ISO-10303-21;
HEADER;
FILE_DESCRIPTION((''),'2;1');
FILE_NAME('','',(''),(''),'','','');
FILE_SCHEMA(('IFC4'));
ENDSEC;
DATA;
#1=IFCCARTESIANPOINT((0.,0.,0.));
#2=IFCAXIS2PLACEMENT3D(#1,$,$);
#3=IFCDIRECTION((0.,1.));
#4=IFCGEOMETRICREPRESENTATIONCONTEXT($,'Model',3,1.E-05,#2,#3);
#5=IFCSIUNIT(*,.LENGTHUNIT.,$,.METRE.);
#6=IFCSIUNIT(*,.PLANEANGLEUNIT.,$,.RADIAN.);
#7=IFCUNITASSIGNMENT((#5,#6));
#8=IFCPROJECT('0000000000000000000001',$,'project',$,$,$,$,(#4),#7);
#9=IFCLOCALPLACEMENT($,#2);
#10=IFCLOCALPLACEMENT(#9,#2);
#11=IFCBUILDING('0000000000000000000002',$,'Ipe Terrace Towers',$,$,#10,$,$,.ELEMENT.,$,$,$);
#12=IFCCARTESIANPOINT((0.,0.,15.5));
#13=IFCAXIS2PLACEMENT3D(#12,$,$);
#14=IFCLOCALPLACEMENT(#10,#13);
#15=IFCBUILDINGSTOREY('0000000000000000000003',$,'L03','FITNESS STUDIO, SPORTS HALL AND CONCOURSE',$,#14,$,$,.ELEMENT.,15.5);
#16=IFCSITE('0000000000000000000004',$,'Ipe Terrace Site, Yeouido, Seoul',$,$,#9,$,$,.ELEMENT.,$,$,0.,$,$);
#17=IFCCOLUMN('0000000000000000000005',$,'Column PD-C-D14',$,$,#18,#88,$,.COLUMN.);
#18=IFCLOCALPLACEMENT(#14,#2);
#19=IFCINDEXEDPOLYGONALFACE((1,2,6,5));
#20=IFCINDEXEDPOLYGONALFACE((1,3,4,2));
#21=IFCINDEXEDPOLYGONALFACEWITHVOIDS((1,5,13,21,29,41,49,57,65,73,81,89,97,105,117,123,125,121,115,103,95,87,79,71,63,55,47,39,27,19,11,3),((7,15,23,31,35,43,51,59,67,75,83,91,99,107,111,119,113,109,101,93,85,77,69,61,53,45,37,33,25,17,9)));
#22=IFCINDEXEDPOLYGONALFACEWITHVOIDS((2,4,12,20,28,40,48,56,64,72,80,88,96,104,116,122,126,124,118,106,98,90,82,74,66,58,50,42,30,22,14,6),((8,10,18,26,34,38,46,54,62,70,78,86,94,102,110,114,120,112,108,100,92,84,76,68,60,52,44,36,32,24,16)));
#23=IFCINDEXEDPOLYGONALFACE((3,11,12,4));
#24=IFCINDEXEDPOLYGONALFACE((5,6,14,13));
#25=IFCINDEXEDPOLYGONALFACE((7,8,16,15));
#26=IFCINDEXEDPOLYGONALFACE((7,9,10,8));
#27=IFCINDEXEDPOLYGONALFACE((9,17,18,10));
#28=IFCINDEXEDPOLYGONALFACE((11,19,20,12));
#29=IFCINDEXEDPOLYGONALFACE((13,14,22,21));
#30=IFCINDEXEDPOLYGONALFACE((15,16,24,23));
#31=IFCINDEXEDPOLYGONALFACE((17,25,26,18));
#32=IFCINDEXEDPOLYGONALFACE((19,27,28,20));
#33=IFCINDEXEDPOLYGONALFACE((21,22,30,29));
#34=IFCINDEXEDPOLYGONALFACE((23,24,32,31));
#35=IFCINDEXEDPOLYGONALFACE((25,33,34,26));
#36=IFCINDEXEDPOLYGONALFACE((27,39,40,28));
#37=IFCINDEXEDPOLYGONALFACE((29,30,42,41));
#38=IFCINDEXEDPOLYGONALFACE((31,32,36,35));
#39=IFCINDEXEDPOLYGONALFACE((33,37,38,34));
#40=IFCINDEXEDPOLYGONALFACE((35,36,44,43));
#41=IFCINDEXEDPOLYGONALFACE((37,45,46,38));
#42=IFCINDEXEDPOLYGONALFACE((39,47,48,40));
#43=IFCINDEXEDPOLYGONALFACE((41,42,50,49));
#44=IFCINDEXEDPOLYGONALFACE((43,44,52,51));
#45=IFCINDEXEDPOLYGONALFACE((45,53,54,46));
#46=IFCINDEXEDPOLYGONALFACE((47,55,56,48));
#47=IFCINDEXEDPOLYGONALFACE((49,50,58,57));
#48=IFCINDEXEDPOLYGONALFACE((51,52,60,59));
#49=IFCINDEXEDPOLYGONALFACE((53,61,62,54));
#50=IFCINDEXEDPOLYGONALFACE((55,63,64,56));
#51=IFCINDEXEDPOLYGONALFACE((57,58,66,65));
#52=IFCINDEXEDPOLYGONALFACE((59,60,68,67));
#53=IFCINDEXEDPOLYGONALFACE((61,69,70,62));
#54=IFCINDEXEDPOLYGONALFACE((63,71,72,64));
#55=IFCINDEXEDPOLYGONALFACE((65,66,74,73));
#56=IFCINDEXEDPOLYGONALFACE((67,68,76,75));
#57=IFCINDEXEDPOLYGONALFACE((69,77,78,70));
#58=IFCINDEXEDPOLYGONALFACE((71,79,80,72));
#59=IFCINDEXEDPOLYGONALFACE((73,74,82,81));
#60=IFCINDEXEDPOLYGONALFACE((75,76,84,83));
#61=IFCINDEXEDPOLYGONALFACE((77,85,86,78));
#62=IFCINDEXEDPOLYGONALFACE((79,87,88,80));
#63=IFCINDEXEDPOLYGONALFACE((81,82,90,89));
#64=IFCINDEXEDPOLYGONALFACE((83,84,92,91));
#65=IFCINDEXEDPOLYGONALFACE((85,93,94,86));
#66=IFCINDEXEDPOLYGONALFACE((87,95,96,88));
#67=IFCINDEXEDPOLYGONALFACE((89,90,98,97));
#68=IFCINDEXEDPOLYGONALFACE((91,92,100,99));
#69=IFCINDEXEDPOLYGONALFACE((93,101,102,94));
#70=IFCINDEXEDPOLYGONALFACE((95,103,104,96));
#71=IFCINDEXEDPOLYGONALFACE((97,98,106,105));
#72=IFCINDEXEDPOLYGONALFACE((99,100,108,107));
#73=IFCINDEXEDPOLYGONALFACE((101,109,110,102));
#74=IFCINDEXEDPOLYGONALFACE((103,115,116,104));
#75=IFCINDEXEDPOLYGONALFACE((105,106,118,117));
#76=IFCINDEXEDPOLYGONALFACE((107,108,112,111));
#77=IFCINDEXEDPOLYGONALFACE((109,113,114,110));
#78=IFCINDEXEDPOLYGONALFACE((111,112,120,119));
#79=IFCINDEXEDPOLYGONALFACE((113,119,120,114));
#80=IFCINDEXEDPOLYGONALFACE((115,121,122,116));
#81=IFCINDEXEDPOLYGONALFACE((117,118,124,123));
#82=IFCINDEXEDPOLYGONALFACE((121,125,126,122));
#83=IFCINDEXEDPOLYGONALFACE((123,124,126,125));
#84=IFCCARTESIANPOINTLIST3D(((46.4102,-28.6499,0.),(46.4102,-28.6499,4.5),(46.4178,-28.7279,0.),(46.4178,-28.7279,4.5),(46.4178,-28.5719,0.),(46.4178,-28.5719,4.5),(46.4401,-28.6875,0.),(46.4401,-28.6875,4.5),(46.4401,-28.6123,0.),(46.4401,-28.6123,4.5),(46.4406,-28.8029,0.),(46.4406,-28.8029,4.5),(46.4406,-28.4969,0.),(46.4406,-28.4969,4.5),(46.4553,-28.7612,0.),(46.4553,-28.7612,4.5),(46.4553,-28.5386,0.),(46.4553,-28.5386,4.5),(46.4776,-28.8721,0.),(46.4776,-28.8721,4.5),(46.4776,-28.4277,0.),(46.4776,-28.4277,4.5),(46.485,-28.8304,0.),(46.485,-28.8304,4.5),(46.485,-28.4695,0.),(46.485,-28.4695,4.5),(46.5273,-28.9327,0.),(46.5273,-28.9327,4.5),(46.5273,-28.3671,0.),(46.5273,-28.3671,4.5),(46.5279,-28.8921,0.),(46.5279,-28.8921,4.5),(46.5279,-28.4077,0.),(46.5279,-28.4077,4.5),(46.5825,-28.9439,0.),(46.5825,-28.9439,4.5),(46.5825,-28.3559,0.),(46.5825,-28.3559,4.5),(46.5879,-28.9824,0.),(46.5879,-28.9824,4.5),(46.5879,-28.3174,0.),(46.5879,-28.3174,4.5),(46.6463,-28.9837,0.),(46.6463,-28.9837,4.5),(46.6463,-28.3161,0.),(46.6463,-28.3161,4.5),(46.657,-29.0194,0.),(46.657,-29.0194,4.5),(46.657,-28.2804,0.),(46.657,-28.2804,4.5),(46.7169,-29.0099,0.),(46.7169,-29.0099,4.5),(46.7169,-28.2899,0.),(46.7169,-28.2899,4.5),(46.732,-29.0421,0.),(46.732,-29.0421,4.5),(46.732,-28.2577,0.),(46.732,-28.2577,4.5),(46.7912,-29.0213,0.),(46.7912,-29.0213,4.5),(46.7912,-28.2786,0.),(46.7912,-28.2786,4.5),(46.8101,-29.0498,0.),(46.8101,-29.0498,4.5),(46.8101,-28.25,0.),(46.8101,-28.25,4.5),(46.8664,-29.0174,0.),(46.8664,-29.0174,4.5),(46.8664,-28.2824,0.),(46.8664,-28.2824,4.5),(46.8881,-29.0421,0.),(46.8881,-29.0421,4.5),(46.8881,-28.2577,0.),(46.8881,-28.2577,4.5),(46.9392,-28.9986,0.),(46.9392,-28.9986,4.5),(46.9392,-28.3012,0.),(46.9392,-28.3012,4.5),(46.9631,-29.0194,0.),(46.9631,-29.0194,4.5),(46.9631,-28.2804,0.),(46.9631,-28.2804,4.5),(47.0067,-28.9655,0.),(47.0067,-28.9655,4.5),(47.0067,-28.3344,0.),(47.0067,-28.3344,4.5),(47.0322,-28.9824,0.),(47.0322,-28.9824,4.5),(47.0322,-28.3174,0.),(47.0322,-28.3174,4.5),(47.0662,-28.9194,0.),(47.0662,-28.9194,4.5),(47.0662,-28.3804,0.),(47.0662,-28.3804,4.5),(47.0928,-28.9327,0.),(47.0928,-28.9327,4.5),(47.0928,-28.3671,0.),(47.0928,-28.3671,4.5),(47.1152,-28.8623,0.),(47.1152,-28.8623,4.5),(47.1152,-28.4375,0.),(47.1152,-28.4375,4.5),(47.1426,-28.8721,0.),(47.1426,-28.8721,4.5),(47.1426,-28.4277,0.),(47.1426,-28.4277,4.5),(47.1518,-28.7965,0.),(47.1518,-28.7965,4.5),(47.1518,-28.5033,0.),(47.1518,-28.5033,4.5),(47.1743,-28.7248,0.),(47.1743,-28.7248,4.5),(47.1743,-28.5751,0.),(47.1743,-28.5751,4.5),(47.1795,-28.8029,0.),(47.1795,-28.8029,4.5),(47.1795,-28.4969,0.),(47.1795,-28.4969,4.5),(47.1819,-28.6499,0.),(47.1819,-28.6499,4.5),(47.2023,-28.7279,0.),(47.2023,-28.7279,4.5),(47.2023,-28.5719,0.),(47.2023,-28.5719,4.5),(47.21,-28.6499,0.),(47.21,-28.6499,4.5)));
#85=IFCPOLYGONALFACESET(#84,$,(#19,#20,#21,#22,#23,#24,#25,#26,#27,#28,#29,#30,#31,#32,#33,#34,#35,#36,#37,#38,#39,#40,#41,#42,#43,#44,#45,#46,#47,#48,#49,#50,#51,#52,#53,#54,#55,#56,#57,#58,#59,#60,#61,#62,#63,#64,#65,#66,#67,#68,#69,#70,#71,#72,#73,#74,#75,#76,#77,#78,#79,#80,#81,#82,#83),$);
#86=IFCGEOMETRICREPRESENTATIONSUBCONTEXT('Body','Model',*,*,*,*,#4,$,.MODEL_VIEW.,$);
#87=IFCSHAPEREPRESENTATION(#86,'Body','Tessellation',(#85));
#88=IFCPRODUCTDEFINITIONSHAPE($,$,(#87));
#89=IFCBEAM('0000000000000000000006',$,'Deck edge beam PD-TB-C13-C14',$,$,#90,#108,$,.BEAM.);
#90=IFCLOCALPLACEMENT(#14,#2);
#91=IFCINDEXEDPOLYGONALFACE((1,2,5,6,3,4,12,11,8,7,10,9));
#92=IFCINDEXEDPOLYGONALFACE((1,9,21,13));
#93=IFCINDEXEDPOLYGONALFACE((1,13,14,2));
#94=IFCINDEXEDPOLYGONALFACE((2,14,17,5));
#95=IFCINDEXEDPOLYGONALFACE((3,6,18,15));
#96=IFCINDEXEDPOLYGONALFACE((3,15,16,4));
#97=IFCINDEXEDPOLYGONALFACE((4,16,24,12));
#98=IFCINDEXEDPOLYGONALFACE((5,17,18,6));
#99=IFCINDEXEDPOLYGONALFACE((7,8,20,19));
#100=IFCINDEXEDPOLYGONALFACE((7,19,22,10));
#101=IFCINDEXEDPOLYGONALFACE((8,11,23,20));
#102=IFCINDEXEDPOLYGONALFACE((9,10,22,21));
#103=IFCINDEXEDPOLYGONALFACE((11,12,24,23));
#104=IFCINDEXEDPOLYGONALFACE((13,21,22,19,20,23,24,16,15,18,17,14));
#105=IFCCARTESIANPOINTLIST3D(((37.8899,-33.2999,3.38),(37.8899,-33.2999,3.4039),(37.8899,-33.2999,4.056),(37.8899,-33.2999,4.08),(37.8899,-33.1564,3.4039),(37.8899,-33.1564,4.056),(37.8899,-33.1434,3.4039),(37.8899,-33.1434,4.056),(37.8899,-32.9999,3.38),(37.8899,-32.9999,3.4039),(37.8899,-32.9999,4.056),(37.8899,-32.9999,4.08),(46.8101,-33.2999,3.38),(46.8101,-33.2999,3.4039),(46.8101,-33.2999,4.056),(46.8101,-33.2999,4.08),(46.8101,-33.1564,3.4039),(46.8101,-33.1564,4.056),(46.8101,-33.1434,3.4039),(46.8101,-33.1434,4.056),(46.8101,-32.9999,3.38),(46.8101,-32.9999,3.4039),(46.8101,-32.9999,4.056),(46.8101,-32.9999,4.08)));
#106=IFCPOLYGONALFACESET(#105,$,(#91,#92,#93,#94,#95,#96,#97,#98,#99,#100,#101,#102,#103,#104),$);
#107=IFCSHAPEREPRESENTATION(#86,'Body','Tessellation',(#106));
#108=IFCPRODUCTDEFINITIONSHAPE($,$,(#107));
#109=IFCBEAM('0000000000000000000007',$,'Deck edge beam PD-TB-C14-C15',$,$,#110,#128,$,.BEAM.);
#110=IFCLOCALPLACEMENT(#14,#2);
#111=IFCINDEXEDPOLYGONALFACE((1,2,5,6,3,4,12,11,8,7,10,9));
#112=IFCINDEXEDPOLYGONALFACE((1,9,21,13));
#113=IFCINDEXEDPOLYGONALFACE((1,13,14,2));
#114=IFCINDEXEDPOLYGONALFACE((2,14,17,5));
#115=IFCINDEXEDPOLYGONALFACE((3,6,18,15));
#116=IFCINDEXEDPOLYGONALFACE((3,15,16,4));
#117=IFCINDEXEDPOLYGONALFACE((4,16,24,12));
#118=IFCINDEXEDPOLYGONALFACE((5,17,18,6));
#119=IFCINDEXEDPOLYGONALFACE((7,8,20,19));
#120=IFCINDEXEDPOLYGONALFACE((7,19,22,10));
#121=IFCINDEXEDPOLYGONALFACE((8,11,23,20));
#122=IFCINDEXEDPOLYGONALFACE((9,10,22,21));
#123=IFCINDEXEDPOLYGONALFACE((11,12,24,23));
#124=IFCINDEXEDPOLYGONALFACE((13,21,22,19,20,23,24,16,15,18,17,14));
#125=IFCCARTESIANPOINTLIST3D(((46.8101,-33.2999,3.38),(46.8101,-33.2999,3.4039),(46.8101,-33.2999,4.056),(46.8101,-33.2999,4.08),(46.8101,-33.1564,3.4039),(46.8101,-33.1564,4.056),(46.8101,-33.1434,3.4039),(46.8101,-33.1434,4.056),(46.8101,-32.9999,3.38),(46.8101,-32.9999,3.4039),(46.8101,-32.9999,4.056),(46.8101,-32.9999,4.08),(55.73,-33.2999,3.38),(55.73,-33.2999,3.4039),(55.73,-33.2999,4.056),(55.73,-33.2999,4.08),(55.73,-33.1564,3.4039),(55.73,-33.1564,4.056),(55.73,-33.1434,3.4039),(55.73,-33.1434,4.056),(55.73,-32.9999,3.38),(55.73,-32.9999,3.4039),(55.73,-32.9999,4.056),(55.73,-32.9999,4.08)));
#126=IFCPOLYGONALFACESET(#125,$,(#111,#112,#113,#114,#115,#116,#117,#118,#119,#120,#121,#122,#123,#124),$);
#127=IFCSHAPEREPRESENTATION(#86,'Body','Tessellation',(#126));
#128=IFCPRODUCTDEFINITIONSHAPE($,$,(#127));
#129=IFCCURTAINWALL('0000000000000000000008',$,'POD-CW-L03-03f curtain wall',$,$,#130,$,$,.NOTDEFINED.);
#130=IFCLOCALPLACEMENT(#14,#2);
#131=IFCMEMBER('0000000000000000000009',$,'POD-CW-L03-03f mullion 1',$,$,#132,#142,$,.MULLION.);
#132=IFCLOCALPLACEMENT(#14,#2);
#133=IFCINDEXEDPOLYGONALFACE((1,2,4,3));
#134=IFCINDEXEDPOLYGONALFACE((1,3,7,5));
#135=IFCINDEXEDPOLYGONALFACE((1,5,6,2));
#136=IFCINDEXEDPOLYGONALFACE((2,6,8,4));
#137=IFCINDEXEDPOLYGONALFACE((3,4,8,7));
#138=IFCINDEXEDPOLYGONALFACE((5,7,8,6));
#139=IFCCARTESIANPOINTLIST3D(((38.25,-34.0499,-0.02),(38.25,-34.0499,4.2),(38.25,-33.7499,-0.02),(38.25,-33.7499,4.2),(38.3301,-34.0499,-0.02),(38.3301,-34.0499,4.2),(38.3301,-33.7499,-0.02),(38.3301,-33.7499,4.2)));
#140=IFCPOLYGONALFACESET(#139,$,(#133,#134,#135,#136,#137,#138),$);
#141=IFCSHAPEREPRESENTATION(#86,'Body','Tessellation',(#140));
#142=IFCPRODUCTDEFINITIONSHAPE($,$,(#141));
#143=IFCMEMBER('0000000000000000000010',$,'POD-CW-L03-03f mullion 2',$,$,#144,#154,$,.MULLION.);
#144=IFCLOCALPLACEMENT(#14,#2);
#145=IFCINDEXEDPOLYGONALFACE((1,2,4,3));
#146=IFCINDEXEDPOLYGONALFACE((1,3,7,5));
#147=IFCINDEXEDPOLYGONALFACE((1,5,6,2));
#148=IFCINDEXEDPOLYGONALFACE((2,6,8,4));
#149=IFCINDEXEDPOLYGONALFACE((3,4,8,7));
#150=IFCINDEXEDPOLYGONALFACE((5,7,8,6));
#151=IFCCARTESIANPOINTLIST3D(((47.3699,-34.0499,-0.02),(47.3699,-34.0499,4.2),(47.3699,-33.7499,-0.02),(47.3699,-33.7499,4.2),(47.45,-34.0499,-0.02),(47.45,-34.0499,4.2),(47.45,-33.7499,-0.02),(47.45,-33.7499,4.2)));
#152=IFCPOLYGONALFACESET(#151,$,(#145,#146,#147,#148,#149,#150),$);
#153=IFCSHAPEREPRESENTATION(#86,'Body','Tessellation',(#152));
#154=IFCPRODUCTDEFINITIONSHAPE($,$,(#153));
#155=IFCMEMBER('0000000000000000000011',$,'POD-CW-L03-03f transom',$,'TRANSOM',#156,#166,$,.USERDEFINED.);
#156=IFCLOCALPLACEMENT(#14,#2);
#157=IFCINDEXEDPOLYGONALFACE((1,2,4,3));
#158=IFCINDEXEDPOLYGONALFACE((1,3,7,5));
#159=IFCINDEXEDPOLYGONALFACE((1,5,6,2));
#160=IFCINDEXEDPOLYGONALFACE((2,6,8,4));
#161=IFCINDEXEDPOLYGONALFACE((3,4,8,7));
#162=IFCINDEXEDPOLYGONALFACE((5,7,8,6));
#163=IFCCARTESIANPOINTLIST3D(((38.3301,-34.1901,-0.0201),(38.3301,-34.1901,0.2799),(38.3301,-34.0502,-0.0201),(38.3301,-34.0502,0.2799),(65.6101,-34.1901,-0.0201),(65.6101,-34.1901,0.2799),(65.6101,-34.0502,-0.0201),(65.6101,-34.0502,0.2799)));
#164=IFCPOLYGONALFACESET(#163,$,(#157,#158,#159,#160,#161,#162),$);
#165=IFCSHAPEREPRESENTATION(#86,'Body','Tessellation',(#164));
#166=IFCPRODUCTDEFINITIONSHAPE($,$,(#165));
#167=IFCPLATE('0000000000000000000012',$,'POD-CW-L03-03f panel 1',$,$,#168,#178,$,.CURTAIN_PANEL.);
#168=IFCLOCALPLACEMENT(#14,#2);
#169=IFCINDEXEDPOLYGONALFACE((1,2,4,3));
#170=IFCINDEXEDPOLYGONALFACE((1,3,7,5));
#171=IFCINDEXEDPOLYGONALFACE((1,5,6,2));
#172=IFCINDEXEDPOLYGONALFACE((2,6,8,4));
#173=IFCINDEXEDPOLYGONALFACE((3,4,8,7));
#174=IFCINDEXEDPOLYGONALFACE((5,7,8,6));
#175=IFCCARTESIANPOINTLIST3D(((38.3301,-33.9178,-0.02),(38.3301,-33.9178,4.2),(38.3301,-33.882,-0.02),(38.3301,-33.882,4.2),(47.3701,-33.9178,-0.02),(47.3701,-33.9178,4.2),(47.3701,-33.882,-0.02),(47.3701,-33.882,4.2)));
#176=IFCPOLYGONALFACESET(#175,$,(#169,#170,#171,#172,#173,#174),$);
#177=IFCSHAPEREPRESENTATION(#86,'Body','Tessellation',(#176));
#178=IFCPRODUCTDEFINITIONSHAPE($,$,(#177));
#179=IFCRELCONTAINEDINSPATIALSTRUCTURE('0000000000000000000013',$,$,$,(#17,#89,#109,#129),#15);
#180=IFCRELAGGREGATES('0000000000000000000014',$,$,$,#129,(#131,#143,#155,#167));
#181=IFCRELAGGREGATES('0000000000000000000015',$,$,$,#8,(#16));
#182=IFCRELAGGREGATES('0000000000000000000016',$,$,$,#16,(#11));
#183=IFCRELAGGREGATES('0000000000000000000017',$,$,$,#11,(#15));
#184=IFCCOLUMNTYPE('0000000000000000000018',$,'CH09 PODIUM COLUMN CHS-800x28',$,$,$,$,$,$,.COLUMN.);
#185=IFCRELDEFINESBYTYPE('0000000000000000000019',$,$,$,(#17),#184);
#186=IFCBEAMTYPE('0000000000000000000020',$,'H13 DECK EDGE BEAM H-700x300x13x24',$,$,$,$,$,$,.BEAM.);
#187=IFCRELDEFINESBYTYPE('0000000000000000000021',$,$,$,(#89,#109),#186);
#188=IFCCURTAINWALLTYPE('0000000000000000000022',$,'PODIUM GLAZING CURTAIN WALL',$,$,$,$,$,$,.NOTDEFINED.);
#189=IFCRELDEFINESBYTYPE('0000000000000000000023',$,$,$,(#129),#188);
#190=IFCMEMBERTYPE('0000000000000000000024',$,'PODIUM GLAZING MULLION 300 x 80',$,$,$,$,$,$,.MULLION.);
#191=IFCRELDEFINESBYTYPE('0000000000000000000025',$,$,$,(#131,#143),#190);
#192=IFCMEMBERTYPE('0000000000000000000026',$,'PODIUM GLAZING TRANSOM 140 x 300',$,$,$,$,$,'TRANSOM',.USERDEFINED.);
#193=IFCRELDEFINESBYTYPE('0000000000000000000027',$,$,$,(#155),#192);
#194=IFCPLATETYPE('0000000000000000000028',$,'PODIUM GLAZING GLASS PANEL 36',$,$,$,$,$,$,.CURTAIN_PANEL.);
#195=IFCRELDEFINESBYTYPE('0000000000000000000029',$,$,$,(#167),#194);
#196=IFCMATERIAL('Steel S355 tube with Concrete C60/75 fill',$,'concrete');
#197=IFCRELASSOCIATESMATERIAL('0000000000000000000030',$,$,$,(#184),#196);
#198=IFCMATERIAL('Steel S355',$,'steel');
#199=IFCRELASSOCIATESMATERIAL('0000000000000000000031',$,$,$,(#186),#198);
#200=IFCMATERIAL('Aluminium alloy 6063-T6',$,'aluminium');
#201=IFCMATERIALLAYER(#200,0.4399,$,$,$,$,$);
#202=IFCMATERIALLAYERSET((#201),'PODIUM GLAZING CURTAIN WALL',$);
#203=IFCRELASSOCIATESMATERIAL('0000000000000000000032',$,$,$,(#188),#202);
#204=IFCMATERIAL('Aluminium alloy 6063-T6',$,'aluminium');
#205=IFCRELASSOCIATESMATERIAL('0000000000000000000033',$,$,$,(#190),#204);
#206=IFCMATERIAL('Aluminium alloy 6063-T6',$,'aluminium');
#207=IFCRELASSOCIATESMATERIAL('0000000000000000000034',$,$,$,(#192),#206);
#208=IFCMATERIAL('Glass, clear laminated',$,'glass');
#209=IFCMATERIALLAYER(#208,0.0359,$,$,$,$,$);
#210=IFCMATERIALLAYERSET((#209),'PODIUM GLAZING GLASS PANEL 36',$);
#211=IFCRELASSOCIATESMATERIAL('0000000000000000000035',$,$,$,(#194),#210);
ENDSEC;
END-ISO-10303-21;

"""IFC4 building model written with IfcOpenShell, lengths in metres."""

from ifc_helpers import new_model, si_unit, direction, frame, origin, origin_2d, place, context, subcontext, project, spatial, rectangle, hollow_circle, i_section, extrude, material, layer, layer_set, material_profile, profile_set, type_object, element, aggregate, save


model = new_model("IFC4")

# Units and contexts
model_context = context("Model", 3, precision=1e-05, world=origin(), true_north=direction((0.0, 1.0)))
body_context = subcontext(model_context, "Body", "Model", "MODEL_VIEW")
ifc_project = project(units=[si_unit("LENGTHUNIT", "METRE"), si_unit("PLANEANGLEUNIT", "RADIAN")], contexts=[model_context])

# Site, building, storey
site_placement = place(None, origin())
site = spatial("IfcSite", under=ifc_project, at=site_placement, Name="Ipe Terrace Site, Yeouido, Seoul", CompositionType="ELEMENT", RefElevation=0.0)
building_placement = place(site_placement, origin())
building = spatial("IfcBuilding", under=site, at=building_placement, Name="Ipe Terrace Towers", CompositionType="ELEMENT")
storey_placement = place(building_placement, frame((0.0, 0.0, 15.5)))
storey = spatial("IfcBuildingStorey", under=building, at=storey_placement, Name="L03", Description="FITNESS STUDIO, SPORTS HALL AND CONCOURSE", CompositionType="ELEMENT", Elevation=15.5)

# Column
ifc_material_1 = material(Name="Steel S355 tube with Concrete C60/75 fill", Category="concrete")
ifc_material_profile_1 = material_profile(ifc_material_1, hollow_circle(Radius=0.3999, WallThickness=0.0281, at=origin_2d()), Name="CHS-800x28")
ifc_profile_set_1 = profile_set([ifc_material_profile_1], Name="Steel S355 tube with Concrete C60/75 fill")
column_type = type_object("IfcColumnType", Name="CH09 PODIUM COLUMN CHS-800x28", PredefinedType="COLUMN", material=ifc_profile_set_1)
column_placement = place(storey_placement, frame((46.8101, -28.6499, 0.0), z_axis=(0.0, 0.0, 1.0), x_axis=(1.0, 0.0, 0.0)))
element("IfcColumn", 1, at=column_placement, inside=storey, type_object=column_type, Name="Column PD-C-D14", PredefinedType="COLUMN", context=body_context, shape_type="SweptSolid", body=[
    extrude(hollow_circle(Radius=0.3999, WallThickness=0.0281, at=origin_2d()), origin(), (0.0, 0.0, 1.0), 4.5),
])

# Beams
ifc_material_2 = material(Name="Steel S355", Category="steel")
ifc_material_profile_2 = material_profile(ifc_material_2, i_section(OverallWidth=0.3, OverallDepth=0.7, WebThickness=0.0129, FlangeThickness=0.0239, at=origin_2d()), Name="H-700x300x13x24")
ifc_profile_set_2 = profile_set([ifc_material_profile_2], Name="Steel S355")
beam_type = type_object("IfcBeamType", Name="H13 DECK EDGE BEAM H-700x300x13x24", PredefinedType="BEAM", material=ifc_profile_set_2)
beam_1_placement = place(storey_placement, frame((37.8899, -33.1499, 3.73), z_axis=(1.0, 0.0, 0.0), x_axis=(0.0, 1.0, 0.0)))
element("IfcBeam", 2, at=beam_1_placement, inside=storey, type_object=beam_type, Name="Deck edge beam PD-TB-C13-C14", PredefinedType="BEAM", context=body_context, shape_type="SweptSolid", body=[
    extrude(i_section(OverallWidth=0.3, OverallDepth=0.7, WebThickness=0.0129, FlangeThickness=0.0239, at=origin_2d()), origin(), (0.0, 0.0, 1.0), 8.9202),
])
beam_2_placement = place(storey_placement, frame((46.8101, -33.1499, 3.73), z_axis=(1.0, 0.0, 0.0), x_axis=(0.0, 1.0, 0.0)))
element("IfcBeam", 3, at=beam_2_placement, inside=storey, type_object=beam_type, Name="Deck edge beam PD-TB-C14-C15", PredefinedType="BEAM", context=body_context, shape_type="SweptSolid", body=[
    extrude(i_section(OverallWidth=0.3, OverallDepth=0.7, WebThickness=0.0129, FlangeThickness=0.0239, at=origin_2d()), origin(), (0.0, 0.0, 1.0), 8.9199),
])

# Curtain wall, members, plate
ifc_material_3 = material(Name="Aluminium alloy 6063-T6", Category="aluminium")
ifc_layer_1 = layer(ifc_material_3, 0.4399)
ifc_layer_set_1 = layer_set([ifc_layer_1], Name="PODIUM GLAZING CURTAIN WALL")
curtain_wall_type = type_object("IfcCurtainWallType", Name="PODIUM GLAZING CURTAIN WALL", PredefinedType="NOTDEFINED", material=ifc_layer_set_1)
curtain_wall_placement = place(storey_placement, origin())
curtain_wall = element("IfcCurtainWall", 4, at=curtain_wall_placement, inside=storey, type_object=curtain_wall_type, Name="POD-CW-L03-03f curtain wall", PredefinedType="NOTDEFINED")
ifc_material_4 = material(Name="Aluminium alloy 6063-T6", Category="aluminium")
ifc_material_profile_3 = material_profile(ifc_material_4, rectangle(XDim=0.3, YDim=0.0801, at=origin_2d()), Name="PODIUM GLAZING MULLION 300 x 80")
ifc_profile_set_3 = profile_set([ifc_material_profile_3], Name="Aluminium alloy 6063-T6")
member_type_1 = type_object("IfcMemberType", Name="PODIUM GLAZING MULLION 300 x 80", PredefinedType="MULLION", material=ifc_profile_set_3)
member_1_placement = place(storey_placement, frame((38.29, -33.8999, -0.02), z_axis=(0.0, 0.0, 1.0), x_axis=(0.0, -1.0, 0.0)))
member_1 = element("IfcMember", 5, at=member_1_placement, type_object=member_type_1, Name="POD-CW-L03-03f mullion 1", PredefinedType="MULLION", context=body_context, shape_type="SweptSolid", body=[
    extrude(rectangle(XDim=0.3, YDim=0.0801, at=origin_2d()), origin(), (0.0, 0.0, 1.0), 4.22),
])
member_2_placement = place(storey_placement, frame((47.4099, -33.8999, -0.02), z_axis=(0.0, 0.0, 1.0), x_axis=(0.0, -1.0, 0.0)))
member_2 = element("IfcMember", 6, at=member_2_placement, type_object=member_type_1, Name="POD-CW-L03-03f mullion 2", PredefinedType="MULLION", context=body_context, shape_type="SweptSolid", body=[
    extrude(rectangle(XDim=0.3, YDim=0.0801, at=origin_2d()), origin(), (0.0, 0.0, 1.0), 4.22),
])
ifc_material_5 = material(Name="Aluminium alloy 6063-T6", Category="aluminium")
ifc_material_profile_4 = material_profile(ifc_material_5, rectangle(XDim=0.1399, YDim=0.3, at=origin_2d()), Name="PODIUM GLAZING TRANSOM 140 x 300")
ifc_profile_set_4 = profile_set([ifc_material_profile_4], Name="Aluminium alloy 6063-T6")
member_type_2 = type_object("IfcMemberType", Name="PODIUM GLAZING TRANSOM 140 x 300", ElementType="TRANSOM", PredefinedType="USERDEFINED", material=ifc_profile_set_4)
member_3_placement = place(storey_placement, frame((38.3301, -34.1201, 0.1299), z_axis=(1.0, 0.0, 0.0), x_axis=(0.0, -1.0, 0.0)))
member_3 = element("IfcMember", 7, at=member_3_placement, type_object=member_type_2, Name="POD-CW-L03-03f transom", ObjectType="TRANSOM", PredefinedType="USERDEFINED", context=body_context, shape_type="SweptSolid", body=[
    extrude(rectangle(XDim=0.1399, YDim=0.3, at=origin_2d()), origin(), (0.0, 0.0, 1.0), 27.28),
])
ifc_material_6 = material(Name="Glass, clear laminated", Category="glass")
ifc_layer_2 = layer(ifc_material_6, 0.0359)
ifc_layer_set_2 = layer_set([ifc_layer_2], Name="PODIUM GLAZING GLASS PANEL 36")
plate_type = type_object("IfcPlateType", Name="PODIUM GLAZING GLASS PANEL 36", PredefinedType="CURTAIN_PANEL", material=ifc_layer_set_2)
plate_placement = place(storey_placement, frame((42.8501, -33.8999, -0.02), z_axis=(0.0, 0.0, 1.0), x_axis=(1.0, 0.0, 0.0)))
plate = element("IfcPlate", 8, at=plate_placement, type_object=plate_type, Name="POD-CW-L03-03f panel 1", PredefinedType="CURTAIN_PANEL", context=body_context, shape_type="SweptSolid", body=[
    extrude(rectangle(XDim=9.04, YDim=0.0359, at=origin_2d()), origin(), (0.0, 0.0, 1.0), 4.22),
])
aggregate(curtain_wall, [member_1, member_2, member_3, plate])

save(model, "model.ifc")
